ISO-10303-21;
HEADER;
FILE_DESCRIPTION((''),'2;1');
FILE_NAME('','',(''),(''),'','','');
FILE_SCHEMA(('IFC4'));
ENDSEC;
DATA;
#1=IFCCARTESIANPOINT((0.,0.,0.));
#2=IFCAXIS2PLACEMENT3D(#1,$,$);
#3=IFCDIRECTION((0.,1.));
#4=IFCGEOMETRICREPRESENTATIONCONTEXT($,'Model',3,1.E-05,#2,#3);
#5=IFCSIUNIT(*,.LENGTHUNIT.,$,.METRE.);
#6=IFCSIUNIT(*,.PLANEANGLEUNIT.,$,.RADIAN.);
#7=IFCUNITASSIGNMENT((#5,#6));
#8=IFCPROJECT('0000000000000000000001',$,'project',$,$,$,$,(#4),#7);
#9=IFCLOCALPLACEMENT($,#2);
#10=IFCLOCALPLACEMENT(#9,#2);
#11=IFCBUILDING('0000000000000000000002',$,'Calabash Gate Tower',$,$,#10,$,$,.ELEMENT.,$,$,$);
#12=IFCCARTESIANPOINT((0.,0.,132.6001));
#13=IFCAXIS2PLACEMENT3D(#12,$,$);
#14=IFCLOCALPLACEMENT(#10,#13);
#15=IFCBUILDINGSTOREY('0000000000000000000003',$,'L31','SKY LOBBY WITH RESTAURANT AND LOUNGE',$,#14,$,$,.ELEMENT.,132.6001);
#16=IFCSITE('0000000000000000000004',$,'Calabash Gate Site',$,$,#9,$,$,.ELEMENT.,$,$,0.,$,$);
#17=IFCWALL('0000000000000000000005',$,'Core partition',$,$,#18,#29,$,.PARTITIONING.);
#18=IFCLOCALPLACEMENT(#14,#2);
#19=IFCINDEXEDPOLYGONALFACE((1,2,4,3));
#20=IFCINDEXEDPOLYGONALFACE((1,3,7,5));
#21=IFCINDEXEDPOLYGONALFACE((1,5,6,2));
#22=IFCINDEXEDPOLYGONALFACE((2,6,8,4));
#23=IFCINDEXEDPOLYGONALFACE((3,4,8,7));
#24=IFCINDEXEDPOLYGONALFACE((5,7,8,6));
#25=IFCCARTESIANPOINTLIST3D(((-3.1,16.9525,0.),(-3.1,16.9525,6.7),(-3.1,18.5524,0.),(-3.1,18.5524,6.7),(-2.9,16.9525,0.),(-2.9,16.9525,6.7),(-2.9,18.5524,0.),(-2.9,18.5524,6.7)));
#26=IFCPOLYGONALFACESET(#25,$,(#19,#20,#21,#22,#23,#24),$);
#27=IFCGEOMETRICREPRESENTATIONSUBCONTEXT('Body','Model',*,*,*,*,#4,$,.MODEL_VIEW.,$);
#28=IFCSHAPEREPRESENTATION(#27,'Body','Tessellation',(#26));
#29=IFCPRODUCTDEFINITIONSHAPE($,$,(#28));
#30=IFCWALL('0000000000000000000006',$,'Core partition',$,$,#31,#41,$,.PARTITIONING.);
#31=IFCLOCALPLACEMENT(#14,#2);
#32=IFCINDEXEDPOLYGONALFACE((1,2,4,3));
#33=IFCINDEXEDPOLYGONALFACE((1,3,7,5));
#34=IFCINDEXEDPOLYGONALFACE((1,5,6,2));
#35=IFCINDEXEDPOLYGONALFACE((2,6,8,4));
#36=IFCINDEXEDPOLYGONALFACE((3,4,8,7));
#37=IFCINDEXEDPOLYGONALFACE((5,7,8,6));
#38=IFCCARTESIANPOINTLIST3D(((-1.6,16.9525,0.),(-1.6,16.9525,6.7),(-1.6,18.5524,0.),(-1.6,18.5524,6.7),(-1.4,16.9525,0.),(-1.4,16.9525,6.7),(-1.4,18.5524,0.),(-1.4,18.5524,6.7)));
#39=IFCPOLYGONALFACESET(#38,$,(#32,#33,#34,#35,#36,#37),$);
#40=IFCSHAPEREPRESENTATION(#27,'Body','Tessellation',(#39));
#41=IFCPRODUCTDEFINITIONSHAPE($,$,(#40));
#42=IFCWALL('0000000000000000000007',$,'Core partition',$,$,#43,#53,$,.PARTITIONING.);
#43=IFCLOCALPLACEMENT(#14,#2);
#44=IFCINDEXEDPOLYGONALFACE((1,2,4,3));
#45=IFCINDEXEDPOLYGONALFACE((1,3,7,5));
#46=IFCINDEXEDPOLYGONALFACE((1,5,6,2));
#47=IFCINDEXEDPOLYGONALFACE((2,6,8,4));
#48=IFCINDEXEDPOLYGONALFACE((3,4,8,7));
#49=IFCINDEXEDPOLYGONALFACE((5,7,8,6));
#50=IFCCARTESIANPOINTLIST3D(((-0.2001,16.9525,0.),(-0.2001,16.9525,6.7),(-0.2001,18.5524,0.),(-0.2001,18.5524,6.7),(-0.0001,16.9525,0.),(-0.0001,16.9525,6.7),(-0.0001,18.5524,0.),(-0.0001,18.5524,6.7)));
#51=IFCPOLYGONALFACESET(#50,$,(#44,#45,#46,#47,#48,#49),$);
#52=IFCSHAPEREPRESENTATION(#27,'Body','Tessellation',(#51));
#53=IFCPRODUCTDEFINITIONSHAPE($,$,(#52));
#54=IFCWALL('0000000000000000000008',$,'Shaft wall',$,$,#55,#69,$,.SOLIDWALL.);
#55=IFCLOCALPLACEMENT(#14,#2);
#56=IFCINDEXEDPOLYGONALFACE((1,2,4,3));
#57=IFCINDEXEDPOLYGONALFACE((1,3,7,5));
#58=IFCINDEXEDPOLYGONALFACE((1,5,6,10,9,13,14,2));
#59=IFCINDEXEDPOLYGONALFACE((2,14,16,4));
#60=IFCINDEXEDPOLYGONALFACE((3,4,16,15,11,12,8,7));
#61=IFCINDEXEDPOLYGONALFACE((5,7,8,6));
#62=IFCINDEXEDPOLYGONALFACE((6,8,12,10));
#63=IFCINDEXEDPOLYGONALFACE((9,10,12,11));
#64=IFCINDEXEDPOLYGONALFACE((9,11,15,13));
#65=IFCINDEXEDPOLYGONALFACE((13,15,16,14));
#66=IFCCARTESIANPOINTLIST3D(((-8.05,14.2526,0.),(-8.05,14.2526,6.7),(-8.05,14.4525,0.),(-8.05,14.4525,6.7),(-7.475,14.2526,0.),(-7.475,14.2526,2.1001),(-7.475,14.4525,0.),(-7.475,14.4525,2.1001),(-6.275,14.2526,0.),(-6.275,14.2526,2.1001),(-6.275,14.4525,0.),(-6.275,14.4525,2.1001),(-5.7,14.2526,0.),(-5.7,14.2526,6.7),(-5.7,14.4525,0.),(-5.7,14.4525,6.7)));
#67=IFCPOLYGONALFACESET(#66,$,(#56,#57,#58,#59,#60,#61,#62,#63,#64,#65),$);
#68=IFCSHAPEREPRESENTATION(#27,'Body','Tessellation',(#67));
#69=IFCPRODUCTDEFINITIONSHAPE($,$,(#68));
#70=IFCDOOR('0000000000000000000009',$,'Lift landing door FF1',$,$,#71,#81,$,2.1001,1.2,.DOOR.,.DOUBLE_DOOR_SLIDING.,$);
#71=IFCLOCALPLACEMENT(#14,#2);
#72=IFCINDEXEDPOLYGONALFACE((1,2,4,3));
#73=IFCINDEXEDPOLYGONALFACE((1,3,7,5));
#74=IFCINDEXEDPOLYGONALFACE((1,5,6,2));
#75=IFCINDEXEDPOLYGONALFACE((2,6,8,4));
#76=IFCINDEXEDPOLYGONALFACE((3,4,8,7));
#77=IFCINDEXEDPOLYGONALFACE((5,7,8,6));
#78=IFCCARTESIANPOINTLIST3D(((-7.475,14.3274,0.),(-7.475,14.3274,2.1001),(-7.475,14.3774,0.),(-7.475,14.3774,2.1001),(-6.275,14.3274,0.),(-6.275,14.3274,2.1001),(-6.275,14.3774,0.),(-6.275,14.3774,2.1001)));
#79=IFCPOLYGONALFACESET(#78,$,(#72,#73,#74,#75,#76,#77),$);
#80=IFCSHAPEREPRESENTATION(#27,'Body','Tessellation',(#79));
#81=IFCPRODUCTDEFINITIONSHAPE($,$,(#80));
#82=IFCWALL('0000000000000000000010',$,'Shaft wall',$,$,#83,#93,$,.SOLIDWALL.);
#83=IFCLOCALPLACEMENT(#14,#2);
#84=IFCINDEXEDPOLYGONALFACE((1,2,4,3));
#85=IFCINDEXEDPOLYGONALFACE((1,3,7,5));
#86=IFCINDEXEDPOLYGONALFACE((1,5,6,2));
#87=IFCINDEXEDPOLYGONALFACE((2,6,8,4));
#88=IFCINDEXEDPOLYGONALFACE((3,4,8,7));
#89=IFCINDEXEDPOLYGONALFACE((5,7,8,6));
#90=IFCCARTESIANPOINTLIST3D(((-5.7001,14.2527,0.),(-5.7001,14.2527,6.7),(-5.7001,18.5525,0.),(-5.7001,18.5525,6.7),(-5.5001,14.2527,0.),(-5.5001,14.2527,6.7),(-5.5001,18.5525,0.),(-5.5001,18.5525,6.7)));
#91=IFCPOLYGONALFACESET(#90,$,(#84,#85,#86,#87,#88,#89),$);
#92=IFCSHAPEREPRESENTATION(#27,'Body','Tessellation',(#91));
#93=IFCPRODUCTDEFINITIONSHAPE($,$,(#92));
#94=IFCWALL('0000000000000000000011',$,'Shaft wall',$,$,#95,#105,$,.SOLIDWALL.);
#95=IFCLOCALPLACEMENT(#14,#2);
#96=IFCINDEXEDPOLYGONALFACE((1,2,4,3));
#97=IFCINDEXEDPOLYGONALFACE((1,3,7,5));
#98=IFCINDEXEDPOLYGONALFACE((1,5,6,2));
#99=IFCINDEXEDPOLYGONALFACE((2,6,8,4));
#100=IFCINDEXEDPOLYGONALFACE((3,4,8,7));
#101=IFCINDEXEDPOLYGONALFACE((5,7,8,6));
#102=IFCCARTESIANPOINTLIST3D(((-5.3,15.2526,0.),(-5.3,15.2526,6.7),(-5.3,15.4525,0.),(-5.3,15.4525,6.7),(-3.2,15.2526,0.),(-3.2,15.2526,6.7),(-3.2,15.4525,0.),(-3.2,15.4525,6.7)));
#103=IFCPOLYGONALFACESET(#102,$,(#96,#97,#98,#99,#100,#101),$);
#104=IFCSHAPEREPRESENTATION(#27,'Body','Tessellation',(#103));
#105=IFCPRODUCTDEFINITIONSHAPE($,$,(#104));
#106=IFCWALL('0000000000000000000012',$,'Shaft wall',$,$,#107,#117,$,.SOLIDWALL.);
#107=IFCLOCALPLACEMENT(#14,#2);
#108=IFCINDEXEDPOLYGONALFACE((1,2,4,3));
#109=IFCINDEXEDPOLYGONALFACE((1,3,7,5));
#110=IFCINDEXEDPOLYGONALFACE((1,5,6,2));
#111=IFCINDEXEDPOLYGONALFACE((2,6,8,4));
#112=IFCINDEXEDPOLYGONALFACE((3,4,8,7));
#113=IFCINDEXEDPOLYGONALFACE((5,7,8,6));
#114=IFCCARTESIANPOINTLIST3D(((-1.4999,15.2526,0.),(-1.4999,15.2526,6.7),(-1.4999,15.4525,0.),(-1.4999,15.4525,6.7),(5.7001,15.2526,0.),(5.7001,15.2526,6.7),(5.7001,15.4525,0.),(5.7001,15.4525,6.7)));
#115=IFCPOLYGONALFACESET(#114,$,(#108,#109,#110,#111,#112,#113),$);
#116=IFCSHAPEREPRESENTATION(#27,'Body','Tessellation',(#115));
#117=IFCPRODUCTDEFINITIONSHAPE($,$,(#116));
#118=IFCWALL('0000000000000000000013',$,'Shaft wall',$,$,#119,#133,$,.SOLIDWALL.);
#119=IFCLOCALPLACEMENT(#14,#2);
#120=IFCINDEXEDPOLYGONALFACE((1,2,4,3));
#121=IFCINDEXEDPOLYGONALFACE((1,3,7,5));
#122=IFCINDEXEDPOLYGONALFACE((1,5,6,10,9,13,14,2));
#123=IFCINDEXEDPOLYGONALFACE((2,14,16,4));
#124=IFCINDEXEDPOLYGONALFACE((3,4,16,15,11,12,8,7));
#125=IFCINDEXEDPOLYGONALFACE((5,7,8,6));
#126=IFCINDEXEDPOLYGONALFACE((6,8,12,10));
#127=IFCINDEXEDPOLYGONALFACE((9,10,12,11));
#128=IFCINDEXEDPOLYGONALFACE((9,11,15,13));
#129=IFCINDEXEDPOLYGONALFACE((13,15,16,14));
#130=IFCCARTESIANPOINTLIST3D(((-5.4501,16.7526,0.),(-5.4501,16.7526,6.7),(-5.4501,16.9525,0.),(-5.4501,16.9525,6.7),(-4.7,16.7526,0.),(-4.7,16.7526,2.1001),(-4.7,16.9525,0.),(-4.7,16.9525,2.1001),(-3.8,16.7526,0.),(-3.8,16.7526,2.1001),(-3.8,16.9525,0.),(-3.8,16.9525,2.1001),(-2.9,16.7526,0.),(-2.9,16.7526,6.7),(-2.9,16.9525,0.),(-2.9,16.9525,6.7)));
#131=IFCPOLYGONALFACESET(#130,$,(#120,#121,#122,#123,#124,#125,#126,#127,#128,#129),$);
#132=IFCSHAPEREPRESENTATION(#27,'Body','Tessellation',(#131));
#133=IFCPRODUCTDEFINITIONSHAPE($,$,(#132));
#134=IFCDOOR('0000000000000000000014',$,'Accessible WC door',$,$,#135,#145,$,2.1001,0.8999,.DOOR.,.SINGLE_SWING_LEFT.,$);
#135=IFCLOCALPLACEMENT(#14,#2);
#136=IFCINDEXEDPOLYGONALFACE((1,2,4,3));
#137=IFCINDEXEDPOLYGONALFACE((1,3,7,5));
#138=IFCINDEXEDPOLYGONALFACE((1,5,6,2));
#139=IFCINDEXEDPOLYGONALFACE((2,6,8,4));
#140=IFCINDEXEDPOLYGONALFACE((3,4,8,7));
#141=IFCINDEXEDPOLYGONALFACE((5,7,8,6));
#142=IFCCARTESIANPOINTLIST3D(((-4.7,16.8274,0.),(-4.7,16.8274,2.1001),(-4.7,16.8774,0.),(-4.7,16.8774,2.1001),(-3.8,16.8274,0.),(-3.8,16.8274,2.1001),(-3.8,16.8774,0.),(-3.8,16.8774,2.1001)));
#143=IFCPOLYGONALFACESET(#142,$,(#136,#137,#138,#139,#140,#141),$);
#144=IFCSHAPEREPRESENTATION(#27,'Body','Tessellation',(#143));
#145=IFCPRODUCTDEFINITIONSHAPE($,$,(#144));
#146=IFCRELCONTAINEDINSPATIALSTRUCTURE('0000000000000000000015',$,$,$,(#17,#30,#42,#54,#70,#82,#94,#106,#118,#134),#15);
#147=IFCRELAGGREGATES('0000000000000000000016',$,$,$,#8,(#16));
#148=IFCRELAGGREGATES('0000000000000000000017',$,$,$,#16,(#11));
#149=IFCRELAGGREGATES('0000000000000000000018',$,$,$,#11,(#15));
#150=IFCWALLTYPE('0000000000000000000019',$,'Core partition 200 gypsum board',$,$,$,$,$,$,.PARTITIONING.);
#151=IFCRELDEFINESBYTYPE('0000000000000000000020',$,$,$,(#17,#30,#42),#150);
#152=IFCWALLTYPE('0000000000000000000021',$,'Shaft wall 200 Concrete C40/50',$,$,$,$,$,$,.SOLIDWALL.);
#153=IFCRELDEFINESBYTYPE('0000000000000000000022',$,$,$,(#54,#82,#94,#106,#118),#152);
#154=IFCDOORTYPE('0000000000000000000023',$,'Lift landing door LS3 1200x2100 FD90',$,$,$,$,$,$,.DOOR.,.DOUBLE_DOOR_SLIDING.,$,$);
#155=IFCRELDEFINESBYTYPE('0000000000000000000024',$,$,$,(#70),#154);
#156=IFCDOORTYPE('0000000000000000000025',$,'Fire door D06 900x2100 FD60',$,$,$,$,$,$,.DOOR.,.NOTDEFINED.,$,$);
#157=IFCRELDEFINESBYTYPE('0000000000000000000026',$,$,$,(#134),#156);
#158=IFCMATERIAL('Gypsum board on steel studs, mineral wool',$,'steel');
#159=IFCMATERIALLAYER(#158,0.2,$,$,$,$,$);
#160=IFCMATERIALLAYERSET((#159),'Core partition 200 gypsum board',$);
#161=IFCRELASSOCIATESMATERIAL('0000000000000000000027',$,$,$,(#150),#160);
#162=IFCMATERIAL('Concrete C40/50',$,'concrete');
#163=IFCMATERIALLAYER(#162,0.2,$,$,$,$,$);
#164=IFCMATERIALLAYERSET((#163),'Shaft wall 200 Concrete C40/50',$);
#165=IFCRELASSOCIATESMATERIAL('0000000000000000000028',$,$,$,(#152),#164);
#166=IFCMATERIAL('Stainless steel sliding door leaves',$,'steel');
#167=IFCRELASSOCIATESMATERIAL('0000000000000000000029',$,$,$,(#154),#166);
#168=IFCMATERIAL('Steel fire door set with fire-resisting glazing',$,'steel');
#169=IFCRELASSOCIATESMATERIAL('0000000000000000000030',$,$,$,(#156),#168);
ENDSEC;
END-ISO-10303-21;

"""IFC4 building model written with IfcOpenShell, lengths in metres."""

from ifc_helpers import new_model, si_unit, direction, frame, frame_2d, origin, place, context, subcontext, project, spatial, rectangle, extrude, material, layer, layer_set, type_object, element, fill, save


model = new_model("IFC4")

# Units and contexts
model_context = context("Model", 3, precision=1e-05, world=origin(), true_north=direction((0.0, 1.0)))
body_context = subcontext(model_context, "Body", "Model", "MODEL_VIEW")
ifc_project = project(units=[si_unit("LENGTHUNIT", "METRE"), si_unit("PLANEANGLEUNIT", "RADIAN")], contexts=[model_context])

# Site, building, storey
site_placement = place(None, origin())
site = spatial("IfcSite", under=ifc_project, at=site_placement, Name="Calabash Gate Site", CompositionType="ELEMENT", RefElevation=0.0)
building_placement = place(site_placement, origin())
building = spatial("IfcBuilding", under=site, at=building_placement, Name="Calabash Gate Tower", CompositionType="ELEMENT")
storey_placement = place(building_placement, frame((0.0, 0.0, 132.6001)))
storey = spatial("IfcBuildingStorey", under=building, at=storey_placement, Name="L31", Description="SKY LOBBY WITH RESTAURANT AND LOUNGE", CompositionType="ELEMENT", Elevation=132.6001)

# Walls
ifc_material_1 = material(Name="Gypsum board on steel studs, mineral wool", Category="steel")
ifc_layer_1 = layer(ifc_material_1, 0.2)
ifc_layer_set_1 = layer_set([ifc_layer_1], Name="Core partition 200 gypsum board")
wall_type_1 = type_object("IfcWallType", Name="Core partition 200 gypsum board", PredefinedType="PARTITIONING", material=ifc_layer_set_1)
for number, where, z_axis, x_axis, name in (
    (1, (-3.0, 16.9526, 0.0), (0.0, 0.0, 1.0), (0.0, 1.0, 0.0), "Core partition"),
    (2, (-1.5, 16.9526, 0.0), (0.0, 0.0, 1.0), (0.0, 1.0, 0.0), "Core partition"),
    (3, (-0.1001, 16.9526, 0.0), (0.0, 0.0, 1.0), (0.0, 1.0, 0.0), "Core partition"),
):
    element("IfcWall", number, at=place(storey_placement, frame(where, z_axis=z_axis, x_axis=x_axis)), inside=storey, type_object=wall_type_1, Name=name, PredefinedType="PARTITIONING", context=body_context, shape_type="SweptSolid", body=[
        extrude(rectangle(XDim=1.5999, YDim=0.2, at=frame_2d((0.7998, 0.0))), origin(), (0.0, 0.0, 1.0), 6.7),
    ])

# Wall, opening, door
ifc_material_2 = material(Name="Concrete C40/50", Category="concrete")
ifc_layer_2 = layer(ifc_material_2, 0.2)
ifc_layer_set_2 = layer_set([ifc_layer_2], Name="Shaft wall 200 Concrete C40/50")
wall_type_2 = type_object("IfcWallType", Name="Shaft wall 200 Concrete C40/50", PredefinedType="SOLIDWALL", material=ifc_layer_set_2)
wall_1_placement = place(storey_placement, frame((-8.05, 14.3525, 0.0), z_axis=(0.0, 0.0, 1.0), x_axis=(1.0, 0.0, 0.0)))
wall_1 = element("IfcWall", 4, at=wall_1_placement, inside=storey, type_object=wall_type_2, Name="Shaft wall", PredefinedType="SOLIDWALL", context=body_context, shape_type="SweptSolid", body=[
    extrude(rectangle(XDim=2.3501, YDim=0.2, at=frame_2d((1.175, 0.0))), origin(), (0.0, 0.0, 1.0), 6.7),
])
opening_1_placement = place(wall_1_placement, frame((0.575, 0.0, 0.0)))
opening_1 = element("IfcOpeningElement", 5, at=opening_1_placement, cuts=wall_1, PredefinedType="OPENING", context=body_context, shape_type="SweptSolid", body=[
    extrude(rectangle(XDim=1.2, YDim=2.1001, at=frame_2d((0.6001, 1.05))), frame((0.0, 0.1099, 0.0), z_axis=(0.0, -1.0, 0.0), x_axis=(1.0, 0.0, 0.0)), (0.0, 0.0, 1.0), 0.22),
])
ifc_material_3 = material(Name="Stainless steel sliding door leaves", Category="steel")
door_type_1 = type_object("IfcDoorType", Name="Lift landing door LS3 1200x2100 FD90", OperationType="DOUBLE_DOOR_SLIDING", PredefinedType="DOOR", material=ifc_material_3)
door_1_placement = place(opening_1_placement, origin())
door_1 = element("IfcDoor", 6, at=door_1_placement, inside=storey, type_object=door_type_1, Name="Lift landing door FF1", OperationType="DOUBLE_DOOR_SLIDING", OverallHeight=2.1001, OverallWidth=1.2, PredefinedType="DOOR", context=body_context, shape_type="SweptSolid", body=[
    extrude(rectangle(XDim=1.2, YDim=2.1001, at=frame_2d((0.6001, 1.05))), frame((0.0, 0.0249, 0.0), z_axis=(0.0, -1.0, 0.0), x_axis=(1.0, 0.0, 0.0)), (0.0, 0.0, 1.0), 0.05),
])
fill(opening_1, door_1)

# Walls
wall_2_placement = place(storey_placement, frame((-5.6001, 14.2527, 0.0), z_axis=(0.0, 0.0, 1.0), x_axis=(0.0, 1.0, 0.0)))
element("IfcWall", 7, at=wall_2_placement, inside=storey, type_object=wall_type_2, Name="Shaft wall", PredefinedType="SOLIDWALL", context=body_context, shape_type="SweptSolid", body=[
    extrude(rectangle(XDim=4.2998, YDim=0.2, at=frame_2d((2.1499, 0.0))), origin(), (0.0, 0.0, 1.0), 6.7),
])
wall_3_placement = place(storey_placement, frame((-5.3, 15.3525, 0.0), z_axis=(0.0, 0.0, 1.0), x_axis=(1.0, 0.0, 0.0)))
element("IfcWall", 8, at=wall_3_placement, inside=storey, type_object=wall_type_2, Name="Shaft wall", PredefinedType="SOLIDWALL", context=body_context, shape_type="SweptSolid", body=[
    extrude(rectangle(XDim=2.1001, YDim=0.2, at=frame_2d((1.05, 0.0))), origin(), (0.0, 0.0, 1.0), 6.7),
])
wall_4_placement = place(storey_placement, frame((-1.5, 15.3525, 0.0), z_axis=(0.0, 0.0, 1.0), x_axis=(1.0, 0.0, 0.0)))
element("IfcWall", 9, at=wall_4_placement, inside=storey, type_object=wall_type_2, Name="Shaft wall", PredefinedType="SOLIDWALL", context=body_context, shape_type="SweptSolid", body=[
    extrude(rectangle(XDim=7.2, YDim=0.2, at=frame_2d((3.6001, 0.0))), origin(), (0.0, 0.0, 1.0), 6.7),
])

# Wall, opening, door
wall_5_placement = place(storey_placement, frame((-5.45, 16.8525, 0.0), z_axis=(0.0, 0.0, 1.0), x_axis=(1.0, 0.0, 0.0)))
wall_5 = element("IfcWall", 10, at=wall_5_placement, inside=storey, type_object=wall_type_2, Name="Shaft wall", PredefinedType="SOLIDWALL", context=body_context, shape_type="SweptSolid", body=[
    extrude(rectangle(XDim=2.55, YDim=0.2, at=frame_2d((1.2749, 0.0))), origin(), (0.0, 0.0, 1.0), 6.7),
])
opening_2_placement = place(wall_5_placement, frame((0.75, 0.0, 0.0)))
opening_2 = element("IfcOpeningElement", 11, at=opening_2_placement, cuts=wall_5, PredefinedType="OPENING", context=body_context, shape_type="SweptSolid", body=[
    extrude(rectangle(XDim=0.8999, YDim=2.1001, at=frame_2d((0.45, 1.05))), frame((0.0, 0.1099, 0.0), z_axis=(0.0, -1.0, 0.0), x_axis=(1.0, 0.0, 0.0)), (0.0, 0.0, 1.0), 0.22),
])
ifc_material_4 = material(Name="Steel fire door set with fire-resisting glazing", Category="steel")
door_type_2 = type_object("IfcDoorType", Name="Fire door D06 900x2100 FD60", OperationType="NOTDEFINED", PredefinedType="DOOR", material=ifc_material_4)
door_2_placement = place(opening_2_placement, origin())
door_2 = element("IfcDoor", 12, at=door_2_placement, inside=storey, type_object=door_type_2, Name="Accessible WC door", OperationType="SINGLE_SWING_LEFT", OverallHeight=2.1001, OverallWidth=0.8999, PredefinedType="DOOR", context=body_context, shape_type="SweptSolid", body=[
    extrude(rectangle(XDim=0.8999, YDim=2.1001, at=frame_2d((0.45, 1.05))), frame((0.0, 0.0249, 0.0), z_axis=(0.0, -1.0, 0.0), x_axis=(1.0, 0.0, 0.0)), (0.0, 0.0, 1.0), 0.05),
])
fill(opening_2, door_2)

save(model, "model.ifc")
